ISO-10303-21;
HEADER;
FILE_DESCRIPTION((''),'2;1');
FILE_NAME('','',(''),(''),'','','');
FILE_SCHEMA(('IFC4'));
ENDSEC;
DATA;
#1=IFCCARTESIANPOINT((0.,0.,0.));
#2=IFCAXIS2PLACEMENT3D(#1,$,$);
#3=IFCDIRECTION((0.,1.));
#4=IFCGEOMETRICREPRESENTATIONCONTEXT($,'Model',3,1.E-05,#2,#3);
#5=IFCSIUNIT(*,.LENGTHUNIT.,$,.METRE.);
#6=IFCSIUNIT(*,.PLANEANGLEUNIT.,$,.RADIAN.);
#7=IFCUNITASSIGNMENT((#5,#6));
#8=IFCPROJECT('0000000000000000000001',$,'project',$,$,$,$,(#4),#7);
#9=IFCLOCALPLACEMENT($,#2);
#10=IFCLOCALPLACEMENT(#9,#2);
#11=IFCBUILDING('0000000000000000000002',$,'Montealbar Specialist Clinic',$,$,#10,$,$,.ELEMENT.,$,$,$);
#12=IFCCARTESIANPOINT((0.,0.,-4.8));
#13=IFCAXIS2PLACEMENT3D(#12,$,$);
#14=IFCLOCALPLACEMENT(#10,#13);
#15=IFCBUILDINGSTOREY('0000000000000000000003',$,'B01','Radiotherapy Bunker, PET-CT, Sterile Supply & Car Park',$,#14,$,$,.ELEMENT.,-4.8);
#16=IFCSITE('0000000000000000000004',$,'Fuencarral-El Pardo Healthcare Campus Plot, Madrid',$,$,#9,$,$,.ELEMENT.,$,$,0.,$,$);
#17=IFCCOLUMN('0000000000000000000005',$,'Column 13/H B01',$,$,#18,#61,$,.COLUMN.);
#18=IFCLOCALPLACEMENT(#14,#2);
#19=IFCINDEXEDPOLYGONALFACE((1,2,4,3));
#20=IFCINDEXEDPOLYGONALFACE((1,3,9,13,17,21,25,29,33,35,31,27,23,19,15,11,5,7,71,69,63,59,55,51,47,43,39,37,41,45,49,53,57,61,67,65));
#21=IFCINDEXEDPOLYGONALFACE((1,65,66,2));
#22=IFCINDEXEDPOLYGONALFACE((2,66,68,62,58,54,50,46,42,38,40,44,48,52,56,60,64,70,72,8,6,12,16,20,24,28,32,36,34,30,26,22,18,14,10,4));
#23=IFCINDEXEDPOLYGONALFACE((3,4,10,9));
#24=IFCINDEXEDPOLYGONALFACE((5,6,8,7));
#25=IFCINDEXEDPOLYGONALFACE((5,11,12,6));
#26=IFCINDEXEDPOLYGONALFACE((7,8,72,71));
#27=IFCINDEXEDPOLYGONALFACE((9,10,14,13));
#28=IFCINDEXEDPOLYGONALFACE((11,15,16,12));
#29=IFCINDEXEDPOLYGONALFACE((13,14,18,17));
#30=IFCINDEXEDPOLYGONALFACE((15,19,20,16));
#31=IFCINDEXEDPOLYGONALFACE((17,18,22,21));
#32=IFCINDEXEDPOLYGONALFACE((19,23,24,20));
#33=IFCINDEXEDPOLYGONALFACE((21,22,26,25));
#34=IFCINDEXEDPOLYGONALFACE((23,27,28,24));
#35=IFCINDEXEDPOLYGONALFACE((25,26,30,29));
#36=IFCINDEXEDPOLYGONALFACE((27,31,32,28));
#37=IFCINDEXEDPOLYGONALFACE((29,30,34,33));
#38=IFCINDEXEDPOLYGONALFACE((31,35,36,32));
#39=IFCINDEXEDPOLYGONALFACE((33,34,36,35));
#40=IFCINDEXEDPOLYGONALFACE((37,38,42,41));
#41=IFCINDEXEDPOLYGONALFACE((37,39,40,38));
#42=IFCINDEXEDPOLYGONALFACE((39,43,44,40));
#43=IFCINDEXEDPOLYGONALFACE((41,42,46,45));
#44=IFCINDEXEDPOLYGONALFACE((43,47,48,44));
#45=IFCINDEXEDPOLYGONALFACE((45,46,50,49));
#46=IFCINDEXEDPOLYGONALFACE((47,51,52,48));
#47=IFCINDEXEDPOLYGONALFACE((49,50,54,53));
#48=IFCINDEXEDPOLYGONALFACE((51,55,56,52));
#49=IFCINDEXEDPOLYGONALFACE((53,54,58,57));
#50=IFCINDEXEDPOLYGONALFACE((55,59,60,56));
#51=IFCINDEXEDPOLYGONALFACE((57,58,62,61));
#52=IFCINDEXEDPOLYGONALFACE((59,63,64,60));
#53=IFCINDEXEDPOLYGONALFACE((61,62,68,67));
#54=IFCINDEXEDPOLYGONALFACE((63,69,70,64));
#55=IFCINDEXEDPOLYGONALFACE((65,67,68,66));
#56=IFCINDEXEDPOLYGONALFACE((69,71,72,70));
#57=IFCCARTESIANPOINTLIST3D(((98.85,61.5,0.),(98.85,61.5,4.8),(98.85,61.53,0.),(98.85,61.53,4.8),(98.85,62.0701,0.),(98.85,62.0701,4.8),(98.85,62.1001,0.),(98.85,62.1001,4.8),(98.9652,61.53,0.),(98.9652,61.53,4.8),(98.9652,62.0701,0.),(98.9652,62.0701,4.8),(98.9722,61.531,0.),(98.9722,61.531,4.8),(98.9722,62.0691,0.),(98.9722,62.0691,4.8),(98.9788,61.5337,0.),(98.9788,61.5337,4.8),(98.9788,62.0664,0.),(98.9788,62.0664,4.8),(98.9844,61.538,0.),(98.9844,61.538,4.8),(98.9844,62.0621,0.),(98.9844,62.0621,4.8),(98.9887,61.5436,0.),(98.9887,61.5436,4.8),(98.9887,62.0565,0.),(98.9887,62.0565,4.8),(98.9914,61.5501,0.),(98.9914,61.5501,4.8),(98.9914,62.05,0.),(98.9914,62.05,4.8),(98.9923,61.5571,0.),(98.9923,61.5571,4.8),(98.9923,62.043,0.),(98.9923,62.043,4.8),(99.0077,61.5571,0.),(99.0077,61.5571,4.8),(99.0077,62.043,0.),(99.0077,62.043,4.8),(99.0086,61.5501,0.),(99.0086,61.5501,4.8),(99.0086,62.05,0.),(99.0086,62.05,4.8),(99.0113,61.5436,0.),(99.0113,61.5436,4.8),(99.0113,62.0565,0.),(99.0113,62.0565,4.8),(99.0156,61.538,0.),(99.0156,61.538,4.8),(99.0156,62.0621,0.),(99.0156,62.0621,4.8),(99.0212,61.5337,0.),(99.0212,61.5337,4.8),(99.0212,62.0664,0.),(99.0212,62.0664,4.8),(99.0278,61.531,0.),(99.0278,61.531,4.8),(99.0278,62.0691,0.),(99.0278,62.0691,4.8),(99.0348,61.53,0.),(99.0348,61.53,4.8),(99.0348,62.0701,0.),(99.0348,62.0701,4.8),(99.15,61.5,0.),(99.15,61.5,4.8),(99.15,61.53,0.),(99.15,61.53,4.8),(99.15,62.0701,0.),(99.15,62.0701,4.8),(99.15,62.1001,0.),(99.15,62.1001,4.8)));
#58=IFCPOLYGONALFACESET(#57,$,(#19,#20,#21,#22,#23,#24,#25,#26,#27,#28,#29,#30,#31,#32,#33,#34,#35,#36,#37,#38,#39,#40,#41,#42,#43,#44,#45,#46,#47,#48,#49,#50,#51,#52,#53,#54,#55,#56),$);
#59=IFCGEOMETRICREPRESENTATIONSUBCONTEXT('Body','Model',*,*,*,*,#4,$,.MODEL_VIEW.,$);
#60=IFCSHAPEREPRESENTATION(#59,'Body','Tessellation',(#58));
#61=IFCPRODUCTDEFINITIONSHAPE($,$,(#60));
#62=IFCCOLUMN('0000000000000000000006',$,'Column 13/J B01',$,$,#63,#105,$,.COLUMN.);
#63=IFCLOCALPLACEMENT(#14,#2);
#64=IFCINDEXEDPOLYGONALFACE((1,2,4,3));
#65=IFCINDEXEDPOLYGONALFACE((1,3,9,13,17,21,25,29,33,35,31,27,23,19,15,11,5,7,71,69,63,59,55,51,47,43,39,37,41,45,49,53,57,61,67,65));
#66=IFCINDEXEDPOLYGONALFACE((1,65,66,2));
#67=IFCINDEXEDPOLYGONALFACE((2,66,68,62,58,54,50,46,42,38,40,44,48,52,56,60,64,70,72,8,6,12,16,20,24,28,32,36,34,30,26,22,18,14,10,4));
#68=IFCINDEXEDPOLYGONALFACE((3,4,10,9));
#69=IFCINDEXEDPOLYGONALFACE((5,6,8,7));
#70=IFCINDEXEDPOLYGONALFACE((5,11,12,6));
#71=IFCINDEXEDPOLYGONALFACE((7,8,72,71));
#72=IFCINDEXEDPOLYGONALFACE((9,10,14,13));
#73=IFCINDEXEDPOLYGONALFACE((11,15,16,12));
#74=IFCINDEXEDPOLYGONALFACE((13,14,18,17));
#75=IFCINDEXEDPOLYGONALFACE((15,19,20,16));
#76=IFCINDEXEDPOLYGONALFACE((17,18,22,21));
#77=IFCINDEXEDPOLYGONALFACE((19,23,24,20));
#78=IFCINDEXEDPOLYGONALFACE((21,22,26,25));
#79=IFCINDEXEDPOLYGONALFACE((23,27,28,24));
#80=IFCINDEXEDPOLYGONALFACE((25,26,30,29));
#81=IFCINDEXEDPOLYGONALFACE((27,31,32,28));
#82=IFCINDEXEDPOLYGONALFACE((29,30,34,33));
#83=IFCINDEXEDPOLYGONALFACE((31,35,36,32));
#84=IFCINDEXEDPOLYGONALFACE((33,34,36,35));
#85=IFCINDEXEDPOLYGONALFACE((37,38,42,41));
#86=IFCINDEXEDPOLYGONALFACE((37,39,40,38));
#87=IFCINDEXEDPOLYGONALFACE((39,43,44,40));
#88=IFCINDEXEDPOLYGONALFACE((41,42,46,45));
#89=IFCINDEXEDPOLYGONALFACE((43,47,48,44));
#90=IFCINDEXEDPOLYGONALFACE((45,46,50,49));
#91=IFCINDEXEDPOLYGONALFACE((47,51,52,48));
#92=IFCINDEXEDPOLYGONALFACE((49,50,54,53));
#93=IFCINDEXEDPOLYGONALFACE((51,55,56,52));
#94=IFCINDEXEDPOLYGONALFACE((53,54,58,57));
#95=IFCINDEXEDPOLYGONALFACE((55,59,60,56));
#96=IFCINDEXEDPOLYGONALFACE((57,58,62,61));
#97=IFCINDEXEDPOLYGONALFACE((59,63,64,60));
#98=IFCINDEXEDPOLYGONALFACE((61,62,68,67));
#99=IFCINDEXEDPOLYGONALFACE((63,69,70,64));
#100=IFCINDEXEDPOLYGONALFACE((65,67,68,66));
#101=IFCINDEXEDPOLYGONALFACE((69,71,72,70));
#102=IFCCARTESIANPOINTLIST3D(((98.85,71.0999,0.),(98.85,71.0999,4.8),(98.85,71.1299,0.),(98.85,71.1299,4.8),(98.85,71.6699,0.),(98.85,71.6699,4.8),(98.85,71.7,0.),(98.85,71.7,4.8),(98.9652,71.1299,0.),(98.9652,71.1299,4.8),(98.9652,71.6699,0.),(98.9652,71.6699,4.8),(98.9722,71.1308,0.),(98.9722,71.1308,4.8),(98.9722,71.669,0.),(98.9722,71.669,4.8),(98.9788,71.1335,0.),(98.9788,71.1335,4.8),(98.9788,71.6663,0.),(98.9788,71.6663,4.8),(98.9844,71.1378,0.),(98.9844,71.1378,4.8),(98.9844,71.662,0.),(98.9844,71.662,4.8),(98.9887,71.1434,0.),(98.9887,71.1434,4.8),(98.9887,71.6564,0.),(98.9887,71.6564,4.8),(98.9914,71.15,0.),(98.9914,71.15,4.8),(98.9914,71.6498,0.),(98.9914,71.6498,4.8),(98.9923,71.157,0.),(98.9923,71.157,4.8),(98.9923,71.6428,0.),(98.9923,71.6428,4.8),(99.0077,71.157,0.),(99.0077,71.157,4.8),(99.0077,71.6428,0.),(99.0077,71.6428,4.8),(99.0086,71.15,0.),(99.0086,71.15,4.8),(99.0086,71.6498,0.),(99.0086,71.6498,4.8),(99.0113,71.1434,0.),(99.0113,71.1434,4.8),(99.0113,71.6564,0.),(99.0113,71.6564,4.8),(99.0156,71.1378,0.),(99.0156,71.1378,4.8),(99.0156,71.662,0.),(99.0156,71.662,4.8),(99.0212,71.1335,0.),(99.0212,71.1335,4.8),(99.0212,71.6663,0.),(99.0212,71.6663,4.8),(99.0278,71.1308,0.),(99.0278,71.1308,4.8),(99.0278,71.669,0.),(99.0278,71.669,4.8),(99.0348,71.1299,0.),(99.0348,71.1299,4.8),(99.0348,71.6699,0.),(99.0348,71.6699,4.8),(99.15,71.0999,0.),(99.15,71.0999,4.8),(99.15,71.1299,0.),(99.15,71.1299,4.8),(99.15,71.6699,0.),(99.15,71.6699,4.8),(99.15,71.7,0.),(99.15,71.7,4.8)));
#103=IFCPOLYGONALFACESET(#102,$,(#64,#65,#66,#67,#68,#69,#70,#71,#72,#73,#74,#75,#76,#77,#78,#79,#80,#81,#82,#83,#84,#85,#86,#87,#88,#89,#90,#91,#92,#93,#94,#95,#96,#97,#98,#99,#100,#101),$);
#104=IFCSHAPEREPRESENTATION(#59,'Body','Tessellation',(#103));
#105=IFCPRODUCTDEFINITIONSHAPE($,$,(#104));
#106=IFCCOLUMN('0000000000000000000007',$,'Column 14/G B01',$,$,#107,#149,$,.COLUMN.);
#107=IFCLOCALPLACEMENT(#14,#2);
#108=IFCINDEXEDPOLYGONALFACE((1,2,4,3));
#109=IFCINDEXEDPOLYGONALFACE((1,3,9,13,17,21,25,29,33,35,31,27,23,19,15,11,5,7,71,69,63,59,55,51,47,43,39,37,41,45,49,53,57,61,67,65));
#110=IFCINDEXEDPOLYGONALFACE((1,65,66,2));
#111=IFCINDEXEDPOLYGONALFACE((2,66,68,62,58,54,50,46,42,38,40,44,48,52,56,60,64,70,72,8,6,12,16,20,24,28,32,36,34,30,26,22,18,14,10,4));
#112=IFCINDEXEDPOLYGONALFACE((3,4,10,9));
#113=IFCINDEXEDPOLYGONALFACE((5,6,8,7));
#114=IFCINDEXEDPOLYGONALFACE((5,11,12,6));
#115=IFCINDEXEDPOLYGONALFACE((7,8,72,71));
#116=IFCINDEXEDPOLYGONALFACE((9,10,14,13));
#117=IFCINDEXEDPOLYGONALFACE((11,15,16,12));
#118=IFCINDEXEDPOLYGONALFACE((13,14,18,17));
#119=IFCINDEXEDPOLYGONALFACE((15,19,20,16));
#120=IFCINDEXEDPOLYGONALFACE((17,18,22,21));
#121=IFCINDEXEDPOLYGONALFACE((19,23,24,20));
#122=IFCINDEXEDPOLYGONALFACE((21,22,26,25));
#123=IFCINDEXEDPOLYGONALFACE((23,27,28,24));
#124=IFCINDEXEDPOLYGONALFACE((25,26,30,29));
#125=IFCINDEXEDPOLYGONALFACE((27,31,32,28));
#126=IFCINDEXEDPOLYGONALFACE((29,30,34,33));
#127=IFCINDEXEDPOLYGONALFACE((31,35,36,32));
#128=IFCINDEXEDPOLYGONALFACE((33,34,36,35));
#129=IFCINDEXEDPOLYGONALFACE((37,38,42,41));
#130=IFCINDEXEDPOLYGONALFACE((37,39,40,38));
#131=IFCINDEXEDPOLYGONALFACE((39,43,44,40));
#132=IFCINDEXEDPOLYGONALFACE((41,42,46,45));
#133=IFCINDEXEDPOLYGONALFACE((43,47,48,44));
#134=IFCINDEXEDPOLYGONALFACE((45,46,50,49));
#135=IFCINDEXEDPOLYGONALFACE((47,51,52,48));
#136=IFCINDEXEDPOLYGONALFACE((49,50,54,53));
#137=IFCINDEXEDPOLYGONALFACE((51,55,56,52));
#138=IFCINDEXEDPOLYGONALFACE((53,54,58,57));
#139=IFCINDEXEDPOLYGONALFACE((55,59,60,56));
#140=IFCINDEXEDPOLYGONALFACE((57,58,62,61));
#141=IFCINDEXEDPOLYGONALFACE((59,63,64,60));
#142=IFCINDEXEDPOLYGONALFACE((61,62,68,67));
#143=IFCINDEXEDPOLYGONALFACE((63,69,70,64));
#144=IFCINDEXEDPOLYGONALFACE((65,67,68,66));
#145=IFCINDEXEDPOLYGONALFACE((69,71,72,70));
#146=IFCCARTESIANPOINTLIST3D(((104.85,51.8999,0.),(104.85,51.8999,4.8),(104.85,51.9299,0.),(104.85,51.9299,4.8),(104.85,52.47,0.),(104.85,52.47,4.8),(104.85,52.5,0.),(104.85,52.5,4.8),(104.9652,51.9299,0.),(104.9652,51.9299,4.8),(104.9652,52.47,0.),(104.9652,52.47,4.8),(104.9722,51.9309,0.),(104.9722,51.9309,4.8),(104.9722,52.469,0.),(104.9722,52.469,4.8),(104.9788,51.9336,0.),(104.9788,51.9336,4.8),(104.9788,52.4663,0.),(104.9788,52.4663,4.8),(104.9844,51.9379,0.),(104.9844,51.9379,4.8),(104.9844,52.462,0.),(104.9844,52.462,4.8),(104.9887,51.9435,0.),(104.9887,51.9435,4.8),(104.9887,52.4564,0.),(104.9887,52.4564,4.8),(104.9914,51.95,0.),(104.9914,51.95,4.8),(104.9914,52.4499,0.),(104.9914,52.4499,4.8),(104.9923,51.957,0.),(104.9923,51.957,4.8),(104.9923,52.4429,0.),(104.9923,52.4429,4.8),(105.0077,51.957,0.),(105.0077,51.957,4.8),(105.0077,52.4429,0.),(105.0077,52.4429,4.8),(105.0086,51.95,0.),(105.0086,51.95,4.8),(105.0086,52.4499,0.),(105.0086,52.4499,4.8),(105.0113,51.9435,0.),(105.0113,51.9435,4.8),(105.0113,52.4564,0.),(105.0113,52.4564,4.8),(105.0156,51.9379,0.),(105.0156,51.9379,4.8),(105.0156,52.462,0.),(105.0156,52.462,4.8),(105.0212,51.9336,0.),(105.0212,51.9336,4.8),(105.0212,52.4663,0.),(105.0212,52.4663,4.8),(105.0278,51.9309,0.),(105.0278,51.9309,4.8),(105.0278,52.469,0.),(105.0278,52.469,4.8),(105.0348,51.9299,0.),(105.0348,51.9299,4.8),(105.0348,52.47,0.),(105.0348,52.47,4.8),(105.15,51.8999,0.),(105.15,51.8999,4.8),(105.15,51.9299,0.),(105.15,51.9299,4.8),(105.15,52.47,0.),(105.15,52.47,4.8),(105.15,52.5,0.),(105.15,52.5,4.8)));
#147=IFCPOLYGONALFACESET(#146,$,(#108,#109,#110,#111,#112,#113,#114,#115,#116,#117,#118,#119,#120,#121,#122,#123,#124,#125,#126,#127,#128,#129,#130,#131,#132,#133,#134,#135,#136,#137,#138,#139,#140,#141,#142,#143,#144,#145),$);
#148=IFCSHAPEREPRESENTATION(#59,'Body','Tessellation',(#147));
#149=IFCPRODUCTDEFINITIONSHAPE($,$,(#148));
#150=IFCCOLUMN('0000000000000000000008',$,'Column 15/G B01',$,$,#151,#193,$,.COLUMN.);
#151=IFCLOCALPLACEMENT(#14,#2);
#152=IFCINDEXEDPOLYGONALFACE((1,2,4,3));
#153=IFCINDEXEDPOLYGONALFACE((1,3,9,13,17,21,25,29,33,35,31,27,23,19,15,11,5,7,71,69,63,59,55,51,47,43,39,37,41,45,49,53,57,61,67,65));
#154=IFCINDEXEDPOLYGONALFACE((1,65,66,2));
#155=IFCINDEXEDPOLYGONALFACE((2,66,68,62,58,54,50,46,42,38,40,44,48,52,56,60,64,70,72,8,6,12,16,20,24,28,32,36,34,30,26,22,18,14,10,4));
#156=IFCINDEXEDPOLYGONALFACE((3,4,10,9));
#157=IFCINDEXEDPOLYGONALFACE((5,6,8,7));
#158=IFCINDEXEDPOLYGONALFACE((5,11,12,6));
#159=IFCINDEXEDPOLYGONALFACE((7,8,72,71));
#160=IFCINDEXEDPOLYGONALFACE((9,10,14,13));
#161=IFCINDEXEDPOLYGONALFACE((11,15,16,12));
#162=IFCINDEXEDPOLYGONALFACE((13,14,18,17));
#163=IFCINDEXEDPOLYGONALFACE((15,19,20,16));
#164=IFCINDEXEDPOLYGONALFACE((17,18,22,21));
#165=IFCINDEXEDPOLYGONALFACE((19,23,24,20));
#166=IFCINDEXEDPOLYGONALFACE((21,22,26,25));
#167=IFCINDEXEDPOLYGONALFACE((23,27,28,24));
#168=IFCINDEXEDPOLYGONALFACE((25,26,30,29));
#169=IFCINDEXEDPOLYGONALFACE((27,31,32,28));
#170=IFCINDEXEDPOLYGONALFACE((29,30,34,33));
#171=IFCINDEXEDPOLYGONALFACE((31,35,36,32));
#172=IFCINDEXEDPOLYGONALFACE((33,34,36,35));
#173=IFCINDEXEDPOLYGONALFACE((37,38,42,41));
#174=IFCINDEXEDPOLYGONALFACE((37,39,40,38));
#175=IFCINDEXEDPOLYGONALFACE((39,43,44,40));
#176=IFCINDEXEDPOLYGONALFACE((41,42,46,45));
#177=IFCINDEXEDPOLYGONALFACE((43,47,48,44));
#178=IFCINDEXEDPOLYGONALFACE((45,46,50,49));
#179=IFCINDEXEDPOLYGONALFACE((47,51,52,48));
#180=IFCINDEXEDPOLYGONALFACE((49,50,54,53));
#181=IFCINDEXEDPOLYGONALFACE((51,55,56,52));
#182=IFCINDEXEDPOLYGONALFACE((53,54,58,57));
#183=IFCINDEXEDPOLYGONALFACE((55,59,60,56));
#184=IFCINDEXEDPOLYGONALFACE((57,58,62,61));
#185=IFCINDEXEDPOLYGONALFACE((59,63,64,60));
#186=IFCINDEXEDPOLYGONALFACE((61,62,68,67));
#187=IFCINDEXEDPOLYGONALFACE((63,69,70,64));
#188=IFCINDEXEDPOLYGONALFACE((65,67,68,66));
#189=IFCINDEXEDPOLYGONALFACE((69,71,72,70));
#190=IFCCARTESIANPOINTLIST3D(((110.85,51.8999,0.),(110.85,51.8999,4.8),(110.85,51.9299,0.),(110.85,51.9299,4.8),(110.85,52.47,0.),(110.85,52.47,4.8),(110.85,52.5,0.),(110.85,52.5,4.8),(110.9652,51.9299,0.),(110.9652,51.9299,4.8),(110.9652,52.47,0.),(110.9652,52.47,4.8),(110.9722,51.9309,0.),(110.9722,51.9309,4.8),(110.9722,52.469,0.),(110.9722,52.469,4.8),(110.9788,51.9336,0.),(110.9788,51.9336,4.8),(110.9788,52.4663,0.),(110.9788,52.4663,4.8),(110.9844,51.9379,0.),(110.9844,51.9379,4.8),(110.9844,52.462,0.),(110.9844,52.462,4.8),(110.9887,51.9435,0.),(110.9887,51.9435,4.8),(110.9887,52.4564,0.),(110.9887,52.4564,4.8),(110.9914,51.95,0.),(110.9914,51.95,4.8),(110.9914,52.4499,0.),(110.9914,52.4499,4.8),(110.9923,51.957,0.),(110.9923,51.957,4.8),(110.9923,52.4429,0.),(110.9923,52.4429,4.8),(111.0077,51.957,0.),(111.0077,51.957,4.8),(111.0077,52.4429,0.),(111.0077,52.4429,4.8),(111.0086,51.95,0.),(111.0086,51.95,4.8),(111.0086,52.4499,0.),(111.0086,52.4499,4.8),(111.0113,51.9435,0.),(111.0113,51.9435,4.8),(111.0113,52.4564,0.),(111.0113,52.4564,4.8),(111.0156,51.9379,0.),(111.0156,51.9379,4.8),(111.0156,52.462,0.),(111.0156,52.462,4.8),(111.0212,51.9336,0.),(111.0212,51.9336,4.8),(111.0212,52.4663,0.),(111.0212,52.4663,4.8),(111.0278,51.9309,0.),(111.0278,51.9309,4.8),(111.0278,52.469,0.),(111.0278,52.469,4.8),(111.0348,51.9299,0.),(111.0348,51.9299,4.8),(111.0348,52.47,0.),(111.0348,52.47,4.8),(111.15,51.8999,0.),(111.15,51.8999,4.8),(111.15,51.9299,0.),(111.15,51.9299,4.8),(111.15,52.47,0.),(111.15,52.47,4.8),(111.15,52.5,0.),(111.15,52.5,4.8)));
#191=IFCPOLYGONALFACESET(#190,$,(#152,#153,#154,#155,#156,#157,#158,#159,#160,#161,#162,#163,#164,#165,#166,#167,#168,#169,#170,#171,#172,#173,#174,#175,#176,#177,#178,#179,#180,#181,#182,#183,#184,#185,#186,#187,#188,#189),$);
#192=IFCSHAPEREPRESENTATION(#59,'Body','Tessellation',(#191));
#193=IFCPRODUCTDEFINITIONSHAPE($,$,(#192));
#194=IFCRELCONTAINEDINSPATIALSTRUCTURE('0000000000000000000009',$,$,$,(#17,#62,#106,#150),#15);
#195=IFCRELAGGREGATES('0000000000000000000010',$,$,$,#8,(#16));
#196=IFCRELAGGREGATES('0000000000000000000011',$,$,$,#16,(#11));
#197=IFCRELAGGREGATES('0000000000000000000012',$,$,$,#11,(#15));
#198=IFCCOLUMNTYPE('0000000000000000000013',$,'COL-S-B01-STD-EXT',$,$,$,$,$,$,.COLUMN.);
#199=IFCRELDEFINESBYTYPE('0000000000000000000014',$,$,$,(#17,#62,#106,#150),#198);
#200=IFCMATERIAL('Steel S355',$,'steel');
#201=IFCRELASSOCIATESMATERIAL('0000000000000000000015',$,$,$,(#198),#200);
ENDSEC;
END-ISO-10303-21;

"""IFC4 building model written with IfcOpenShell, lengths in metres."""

from ifc_helpers import new_model, si_unit, direction, frame, origin, origin_2d, place, context, subcontext, project, spatial, i_section, extrude, material, material_profile, profile_set, type_object, element, save


model = new_model("IFC4")

# Units and contexts
model_context = context("Model", 3, precision=1e-05, world=origin(), true_north=direction((0.0, 1.0)))
body_context = subcontext(model_context, "Body", "Model", "MODEL_VIEW")
ifc_project = project(units=[si_unit("LENGTHUNIT", "METRE"), si_unit("PLANEANGLEUNIT", "RADIAN")], contexts=[model_context])

# Site, building, storey
site_placement = place(None, origin())
site = spatial("IfcSite", under=ifc_project, at=site_placement, Name="Fuencarral-El Pardo Healthcare Campus Plot, Madrid", CompositionType="ELEMENT", RefElevation=0.0)
building_placement = place(site_placement, origin())
building = spatial("IfcBuilding", under=site, at=building_placement, Name="Montealbar Specialist Clinic", CompositionType="ELEMENT")
storey_placement = place(building_placement, frame((0.0, 0.0, -4.8)))
storey = spatial("IfcBuildingStorey", under=building, at=storey_placement, Name="B01", Description="Radiotherapy Bunker, PET-CT, Sterile Supply & Car Park", CompositionType="ELEMENT", Elevation=-4.8)

# Columns
ifc_material_1 = material(Name="Steel S355", Category="steel")
ifc_material_profile_1 = material_profile(ifc_material_1, i_section(OverallWidth=0.3, OverallDepth=0.6001, WebThickness=0.0154, FlangeThickness=0.03, FilletRadius=0.0271, at=origin_2d()), Name="HEB 600", Category="steel")
ifc_profile_set_1 = profile_set([ifc_material_profile_1], Name="Steel S355")
column_type = type_object("IfcColumnType", Name="COL-S-B01-STD-EXT", PredefinedType="COLUMN", material=ifc_profile_set_1)
for number, where, z_axis, x_axis, name in (
    (1, (99.0, 61.8, 0.0), (0.0, 0.0, 1.0), (1.0, 0.0, 0.0), "Column 13/H B01"),
    (2, (99.0, 71.3999, 0.0), (0.0, 0.0, 1.0), (1.0, 0.0, 0.0), "Column 13/J B01"),
    (3, (105.0, 52.2, 0.0), (0.0, 0.0, 1.0), (1.0, 0.0, 0.0), "Column 14/G B01"),
    (4, (111.0, 52.2, 0.0), (0.0, 0.0, 1.0), (1.0, 0.0, 0.0), "Column 15/G B01"),
):
    element("IfcColumn", number, at=place(storey_placement, frame(where, z_axis=z_axis, x_axis=x_axis)), inside=storey, type_object=column_type, Name=name, PredefinedType="COLUMN", context=body_context, shape_type="SweptSolid", body=[
        extrude(i_section(OverallWidth=0.3, OverallDepth=0.6001, WebThickness=0.0154, FlangeThickness=0.03, FilletRadius=0.0271, at=origin_2d()), origin(), (0.0, 0.0, 1.0), 4.8),
    ])

save(model, "model.ifc")
